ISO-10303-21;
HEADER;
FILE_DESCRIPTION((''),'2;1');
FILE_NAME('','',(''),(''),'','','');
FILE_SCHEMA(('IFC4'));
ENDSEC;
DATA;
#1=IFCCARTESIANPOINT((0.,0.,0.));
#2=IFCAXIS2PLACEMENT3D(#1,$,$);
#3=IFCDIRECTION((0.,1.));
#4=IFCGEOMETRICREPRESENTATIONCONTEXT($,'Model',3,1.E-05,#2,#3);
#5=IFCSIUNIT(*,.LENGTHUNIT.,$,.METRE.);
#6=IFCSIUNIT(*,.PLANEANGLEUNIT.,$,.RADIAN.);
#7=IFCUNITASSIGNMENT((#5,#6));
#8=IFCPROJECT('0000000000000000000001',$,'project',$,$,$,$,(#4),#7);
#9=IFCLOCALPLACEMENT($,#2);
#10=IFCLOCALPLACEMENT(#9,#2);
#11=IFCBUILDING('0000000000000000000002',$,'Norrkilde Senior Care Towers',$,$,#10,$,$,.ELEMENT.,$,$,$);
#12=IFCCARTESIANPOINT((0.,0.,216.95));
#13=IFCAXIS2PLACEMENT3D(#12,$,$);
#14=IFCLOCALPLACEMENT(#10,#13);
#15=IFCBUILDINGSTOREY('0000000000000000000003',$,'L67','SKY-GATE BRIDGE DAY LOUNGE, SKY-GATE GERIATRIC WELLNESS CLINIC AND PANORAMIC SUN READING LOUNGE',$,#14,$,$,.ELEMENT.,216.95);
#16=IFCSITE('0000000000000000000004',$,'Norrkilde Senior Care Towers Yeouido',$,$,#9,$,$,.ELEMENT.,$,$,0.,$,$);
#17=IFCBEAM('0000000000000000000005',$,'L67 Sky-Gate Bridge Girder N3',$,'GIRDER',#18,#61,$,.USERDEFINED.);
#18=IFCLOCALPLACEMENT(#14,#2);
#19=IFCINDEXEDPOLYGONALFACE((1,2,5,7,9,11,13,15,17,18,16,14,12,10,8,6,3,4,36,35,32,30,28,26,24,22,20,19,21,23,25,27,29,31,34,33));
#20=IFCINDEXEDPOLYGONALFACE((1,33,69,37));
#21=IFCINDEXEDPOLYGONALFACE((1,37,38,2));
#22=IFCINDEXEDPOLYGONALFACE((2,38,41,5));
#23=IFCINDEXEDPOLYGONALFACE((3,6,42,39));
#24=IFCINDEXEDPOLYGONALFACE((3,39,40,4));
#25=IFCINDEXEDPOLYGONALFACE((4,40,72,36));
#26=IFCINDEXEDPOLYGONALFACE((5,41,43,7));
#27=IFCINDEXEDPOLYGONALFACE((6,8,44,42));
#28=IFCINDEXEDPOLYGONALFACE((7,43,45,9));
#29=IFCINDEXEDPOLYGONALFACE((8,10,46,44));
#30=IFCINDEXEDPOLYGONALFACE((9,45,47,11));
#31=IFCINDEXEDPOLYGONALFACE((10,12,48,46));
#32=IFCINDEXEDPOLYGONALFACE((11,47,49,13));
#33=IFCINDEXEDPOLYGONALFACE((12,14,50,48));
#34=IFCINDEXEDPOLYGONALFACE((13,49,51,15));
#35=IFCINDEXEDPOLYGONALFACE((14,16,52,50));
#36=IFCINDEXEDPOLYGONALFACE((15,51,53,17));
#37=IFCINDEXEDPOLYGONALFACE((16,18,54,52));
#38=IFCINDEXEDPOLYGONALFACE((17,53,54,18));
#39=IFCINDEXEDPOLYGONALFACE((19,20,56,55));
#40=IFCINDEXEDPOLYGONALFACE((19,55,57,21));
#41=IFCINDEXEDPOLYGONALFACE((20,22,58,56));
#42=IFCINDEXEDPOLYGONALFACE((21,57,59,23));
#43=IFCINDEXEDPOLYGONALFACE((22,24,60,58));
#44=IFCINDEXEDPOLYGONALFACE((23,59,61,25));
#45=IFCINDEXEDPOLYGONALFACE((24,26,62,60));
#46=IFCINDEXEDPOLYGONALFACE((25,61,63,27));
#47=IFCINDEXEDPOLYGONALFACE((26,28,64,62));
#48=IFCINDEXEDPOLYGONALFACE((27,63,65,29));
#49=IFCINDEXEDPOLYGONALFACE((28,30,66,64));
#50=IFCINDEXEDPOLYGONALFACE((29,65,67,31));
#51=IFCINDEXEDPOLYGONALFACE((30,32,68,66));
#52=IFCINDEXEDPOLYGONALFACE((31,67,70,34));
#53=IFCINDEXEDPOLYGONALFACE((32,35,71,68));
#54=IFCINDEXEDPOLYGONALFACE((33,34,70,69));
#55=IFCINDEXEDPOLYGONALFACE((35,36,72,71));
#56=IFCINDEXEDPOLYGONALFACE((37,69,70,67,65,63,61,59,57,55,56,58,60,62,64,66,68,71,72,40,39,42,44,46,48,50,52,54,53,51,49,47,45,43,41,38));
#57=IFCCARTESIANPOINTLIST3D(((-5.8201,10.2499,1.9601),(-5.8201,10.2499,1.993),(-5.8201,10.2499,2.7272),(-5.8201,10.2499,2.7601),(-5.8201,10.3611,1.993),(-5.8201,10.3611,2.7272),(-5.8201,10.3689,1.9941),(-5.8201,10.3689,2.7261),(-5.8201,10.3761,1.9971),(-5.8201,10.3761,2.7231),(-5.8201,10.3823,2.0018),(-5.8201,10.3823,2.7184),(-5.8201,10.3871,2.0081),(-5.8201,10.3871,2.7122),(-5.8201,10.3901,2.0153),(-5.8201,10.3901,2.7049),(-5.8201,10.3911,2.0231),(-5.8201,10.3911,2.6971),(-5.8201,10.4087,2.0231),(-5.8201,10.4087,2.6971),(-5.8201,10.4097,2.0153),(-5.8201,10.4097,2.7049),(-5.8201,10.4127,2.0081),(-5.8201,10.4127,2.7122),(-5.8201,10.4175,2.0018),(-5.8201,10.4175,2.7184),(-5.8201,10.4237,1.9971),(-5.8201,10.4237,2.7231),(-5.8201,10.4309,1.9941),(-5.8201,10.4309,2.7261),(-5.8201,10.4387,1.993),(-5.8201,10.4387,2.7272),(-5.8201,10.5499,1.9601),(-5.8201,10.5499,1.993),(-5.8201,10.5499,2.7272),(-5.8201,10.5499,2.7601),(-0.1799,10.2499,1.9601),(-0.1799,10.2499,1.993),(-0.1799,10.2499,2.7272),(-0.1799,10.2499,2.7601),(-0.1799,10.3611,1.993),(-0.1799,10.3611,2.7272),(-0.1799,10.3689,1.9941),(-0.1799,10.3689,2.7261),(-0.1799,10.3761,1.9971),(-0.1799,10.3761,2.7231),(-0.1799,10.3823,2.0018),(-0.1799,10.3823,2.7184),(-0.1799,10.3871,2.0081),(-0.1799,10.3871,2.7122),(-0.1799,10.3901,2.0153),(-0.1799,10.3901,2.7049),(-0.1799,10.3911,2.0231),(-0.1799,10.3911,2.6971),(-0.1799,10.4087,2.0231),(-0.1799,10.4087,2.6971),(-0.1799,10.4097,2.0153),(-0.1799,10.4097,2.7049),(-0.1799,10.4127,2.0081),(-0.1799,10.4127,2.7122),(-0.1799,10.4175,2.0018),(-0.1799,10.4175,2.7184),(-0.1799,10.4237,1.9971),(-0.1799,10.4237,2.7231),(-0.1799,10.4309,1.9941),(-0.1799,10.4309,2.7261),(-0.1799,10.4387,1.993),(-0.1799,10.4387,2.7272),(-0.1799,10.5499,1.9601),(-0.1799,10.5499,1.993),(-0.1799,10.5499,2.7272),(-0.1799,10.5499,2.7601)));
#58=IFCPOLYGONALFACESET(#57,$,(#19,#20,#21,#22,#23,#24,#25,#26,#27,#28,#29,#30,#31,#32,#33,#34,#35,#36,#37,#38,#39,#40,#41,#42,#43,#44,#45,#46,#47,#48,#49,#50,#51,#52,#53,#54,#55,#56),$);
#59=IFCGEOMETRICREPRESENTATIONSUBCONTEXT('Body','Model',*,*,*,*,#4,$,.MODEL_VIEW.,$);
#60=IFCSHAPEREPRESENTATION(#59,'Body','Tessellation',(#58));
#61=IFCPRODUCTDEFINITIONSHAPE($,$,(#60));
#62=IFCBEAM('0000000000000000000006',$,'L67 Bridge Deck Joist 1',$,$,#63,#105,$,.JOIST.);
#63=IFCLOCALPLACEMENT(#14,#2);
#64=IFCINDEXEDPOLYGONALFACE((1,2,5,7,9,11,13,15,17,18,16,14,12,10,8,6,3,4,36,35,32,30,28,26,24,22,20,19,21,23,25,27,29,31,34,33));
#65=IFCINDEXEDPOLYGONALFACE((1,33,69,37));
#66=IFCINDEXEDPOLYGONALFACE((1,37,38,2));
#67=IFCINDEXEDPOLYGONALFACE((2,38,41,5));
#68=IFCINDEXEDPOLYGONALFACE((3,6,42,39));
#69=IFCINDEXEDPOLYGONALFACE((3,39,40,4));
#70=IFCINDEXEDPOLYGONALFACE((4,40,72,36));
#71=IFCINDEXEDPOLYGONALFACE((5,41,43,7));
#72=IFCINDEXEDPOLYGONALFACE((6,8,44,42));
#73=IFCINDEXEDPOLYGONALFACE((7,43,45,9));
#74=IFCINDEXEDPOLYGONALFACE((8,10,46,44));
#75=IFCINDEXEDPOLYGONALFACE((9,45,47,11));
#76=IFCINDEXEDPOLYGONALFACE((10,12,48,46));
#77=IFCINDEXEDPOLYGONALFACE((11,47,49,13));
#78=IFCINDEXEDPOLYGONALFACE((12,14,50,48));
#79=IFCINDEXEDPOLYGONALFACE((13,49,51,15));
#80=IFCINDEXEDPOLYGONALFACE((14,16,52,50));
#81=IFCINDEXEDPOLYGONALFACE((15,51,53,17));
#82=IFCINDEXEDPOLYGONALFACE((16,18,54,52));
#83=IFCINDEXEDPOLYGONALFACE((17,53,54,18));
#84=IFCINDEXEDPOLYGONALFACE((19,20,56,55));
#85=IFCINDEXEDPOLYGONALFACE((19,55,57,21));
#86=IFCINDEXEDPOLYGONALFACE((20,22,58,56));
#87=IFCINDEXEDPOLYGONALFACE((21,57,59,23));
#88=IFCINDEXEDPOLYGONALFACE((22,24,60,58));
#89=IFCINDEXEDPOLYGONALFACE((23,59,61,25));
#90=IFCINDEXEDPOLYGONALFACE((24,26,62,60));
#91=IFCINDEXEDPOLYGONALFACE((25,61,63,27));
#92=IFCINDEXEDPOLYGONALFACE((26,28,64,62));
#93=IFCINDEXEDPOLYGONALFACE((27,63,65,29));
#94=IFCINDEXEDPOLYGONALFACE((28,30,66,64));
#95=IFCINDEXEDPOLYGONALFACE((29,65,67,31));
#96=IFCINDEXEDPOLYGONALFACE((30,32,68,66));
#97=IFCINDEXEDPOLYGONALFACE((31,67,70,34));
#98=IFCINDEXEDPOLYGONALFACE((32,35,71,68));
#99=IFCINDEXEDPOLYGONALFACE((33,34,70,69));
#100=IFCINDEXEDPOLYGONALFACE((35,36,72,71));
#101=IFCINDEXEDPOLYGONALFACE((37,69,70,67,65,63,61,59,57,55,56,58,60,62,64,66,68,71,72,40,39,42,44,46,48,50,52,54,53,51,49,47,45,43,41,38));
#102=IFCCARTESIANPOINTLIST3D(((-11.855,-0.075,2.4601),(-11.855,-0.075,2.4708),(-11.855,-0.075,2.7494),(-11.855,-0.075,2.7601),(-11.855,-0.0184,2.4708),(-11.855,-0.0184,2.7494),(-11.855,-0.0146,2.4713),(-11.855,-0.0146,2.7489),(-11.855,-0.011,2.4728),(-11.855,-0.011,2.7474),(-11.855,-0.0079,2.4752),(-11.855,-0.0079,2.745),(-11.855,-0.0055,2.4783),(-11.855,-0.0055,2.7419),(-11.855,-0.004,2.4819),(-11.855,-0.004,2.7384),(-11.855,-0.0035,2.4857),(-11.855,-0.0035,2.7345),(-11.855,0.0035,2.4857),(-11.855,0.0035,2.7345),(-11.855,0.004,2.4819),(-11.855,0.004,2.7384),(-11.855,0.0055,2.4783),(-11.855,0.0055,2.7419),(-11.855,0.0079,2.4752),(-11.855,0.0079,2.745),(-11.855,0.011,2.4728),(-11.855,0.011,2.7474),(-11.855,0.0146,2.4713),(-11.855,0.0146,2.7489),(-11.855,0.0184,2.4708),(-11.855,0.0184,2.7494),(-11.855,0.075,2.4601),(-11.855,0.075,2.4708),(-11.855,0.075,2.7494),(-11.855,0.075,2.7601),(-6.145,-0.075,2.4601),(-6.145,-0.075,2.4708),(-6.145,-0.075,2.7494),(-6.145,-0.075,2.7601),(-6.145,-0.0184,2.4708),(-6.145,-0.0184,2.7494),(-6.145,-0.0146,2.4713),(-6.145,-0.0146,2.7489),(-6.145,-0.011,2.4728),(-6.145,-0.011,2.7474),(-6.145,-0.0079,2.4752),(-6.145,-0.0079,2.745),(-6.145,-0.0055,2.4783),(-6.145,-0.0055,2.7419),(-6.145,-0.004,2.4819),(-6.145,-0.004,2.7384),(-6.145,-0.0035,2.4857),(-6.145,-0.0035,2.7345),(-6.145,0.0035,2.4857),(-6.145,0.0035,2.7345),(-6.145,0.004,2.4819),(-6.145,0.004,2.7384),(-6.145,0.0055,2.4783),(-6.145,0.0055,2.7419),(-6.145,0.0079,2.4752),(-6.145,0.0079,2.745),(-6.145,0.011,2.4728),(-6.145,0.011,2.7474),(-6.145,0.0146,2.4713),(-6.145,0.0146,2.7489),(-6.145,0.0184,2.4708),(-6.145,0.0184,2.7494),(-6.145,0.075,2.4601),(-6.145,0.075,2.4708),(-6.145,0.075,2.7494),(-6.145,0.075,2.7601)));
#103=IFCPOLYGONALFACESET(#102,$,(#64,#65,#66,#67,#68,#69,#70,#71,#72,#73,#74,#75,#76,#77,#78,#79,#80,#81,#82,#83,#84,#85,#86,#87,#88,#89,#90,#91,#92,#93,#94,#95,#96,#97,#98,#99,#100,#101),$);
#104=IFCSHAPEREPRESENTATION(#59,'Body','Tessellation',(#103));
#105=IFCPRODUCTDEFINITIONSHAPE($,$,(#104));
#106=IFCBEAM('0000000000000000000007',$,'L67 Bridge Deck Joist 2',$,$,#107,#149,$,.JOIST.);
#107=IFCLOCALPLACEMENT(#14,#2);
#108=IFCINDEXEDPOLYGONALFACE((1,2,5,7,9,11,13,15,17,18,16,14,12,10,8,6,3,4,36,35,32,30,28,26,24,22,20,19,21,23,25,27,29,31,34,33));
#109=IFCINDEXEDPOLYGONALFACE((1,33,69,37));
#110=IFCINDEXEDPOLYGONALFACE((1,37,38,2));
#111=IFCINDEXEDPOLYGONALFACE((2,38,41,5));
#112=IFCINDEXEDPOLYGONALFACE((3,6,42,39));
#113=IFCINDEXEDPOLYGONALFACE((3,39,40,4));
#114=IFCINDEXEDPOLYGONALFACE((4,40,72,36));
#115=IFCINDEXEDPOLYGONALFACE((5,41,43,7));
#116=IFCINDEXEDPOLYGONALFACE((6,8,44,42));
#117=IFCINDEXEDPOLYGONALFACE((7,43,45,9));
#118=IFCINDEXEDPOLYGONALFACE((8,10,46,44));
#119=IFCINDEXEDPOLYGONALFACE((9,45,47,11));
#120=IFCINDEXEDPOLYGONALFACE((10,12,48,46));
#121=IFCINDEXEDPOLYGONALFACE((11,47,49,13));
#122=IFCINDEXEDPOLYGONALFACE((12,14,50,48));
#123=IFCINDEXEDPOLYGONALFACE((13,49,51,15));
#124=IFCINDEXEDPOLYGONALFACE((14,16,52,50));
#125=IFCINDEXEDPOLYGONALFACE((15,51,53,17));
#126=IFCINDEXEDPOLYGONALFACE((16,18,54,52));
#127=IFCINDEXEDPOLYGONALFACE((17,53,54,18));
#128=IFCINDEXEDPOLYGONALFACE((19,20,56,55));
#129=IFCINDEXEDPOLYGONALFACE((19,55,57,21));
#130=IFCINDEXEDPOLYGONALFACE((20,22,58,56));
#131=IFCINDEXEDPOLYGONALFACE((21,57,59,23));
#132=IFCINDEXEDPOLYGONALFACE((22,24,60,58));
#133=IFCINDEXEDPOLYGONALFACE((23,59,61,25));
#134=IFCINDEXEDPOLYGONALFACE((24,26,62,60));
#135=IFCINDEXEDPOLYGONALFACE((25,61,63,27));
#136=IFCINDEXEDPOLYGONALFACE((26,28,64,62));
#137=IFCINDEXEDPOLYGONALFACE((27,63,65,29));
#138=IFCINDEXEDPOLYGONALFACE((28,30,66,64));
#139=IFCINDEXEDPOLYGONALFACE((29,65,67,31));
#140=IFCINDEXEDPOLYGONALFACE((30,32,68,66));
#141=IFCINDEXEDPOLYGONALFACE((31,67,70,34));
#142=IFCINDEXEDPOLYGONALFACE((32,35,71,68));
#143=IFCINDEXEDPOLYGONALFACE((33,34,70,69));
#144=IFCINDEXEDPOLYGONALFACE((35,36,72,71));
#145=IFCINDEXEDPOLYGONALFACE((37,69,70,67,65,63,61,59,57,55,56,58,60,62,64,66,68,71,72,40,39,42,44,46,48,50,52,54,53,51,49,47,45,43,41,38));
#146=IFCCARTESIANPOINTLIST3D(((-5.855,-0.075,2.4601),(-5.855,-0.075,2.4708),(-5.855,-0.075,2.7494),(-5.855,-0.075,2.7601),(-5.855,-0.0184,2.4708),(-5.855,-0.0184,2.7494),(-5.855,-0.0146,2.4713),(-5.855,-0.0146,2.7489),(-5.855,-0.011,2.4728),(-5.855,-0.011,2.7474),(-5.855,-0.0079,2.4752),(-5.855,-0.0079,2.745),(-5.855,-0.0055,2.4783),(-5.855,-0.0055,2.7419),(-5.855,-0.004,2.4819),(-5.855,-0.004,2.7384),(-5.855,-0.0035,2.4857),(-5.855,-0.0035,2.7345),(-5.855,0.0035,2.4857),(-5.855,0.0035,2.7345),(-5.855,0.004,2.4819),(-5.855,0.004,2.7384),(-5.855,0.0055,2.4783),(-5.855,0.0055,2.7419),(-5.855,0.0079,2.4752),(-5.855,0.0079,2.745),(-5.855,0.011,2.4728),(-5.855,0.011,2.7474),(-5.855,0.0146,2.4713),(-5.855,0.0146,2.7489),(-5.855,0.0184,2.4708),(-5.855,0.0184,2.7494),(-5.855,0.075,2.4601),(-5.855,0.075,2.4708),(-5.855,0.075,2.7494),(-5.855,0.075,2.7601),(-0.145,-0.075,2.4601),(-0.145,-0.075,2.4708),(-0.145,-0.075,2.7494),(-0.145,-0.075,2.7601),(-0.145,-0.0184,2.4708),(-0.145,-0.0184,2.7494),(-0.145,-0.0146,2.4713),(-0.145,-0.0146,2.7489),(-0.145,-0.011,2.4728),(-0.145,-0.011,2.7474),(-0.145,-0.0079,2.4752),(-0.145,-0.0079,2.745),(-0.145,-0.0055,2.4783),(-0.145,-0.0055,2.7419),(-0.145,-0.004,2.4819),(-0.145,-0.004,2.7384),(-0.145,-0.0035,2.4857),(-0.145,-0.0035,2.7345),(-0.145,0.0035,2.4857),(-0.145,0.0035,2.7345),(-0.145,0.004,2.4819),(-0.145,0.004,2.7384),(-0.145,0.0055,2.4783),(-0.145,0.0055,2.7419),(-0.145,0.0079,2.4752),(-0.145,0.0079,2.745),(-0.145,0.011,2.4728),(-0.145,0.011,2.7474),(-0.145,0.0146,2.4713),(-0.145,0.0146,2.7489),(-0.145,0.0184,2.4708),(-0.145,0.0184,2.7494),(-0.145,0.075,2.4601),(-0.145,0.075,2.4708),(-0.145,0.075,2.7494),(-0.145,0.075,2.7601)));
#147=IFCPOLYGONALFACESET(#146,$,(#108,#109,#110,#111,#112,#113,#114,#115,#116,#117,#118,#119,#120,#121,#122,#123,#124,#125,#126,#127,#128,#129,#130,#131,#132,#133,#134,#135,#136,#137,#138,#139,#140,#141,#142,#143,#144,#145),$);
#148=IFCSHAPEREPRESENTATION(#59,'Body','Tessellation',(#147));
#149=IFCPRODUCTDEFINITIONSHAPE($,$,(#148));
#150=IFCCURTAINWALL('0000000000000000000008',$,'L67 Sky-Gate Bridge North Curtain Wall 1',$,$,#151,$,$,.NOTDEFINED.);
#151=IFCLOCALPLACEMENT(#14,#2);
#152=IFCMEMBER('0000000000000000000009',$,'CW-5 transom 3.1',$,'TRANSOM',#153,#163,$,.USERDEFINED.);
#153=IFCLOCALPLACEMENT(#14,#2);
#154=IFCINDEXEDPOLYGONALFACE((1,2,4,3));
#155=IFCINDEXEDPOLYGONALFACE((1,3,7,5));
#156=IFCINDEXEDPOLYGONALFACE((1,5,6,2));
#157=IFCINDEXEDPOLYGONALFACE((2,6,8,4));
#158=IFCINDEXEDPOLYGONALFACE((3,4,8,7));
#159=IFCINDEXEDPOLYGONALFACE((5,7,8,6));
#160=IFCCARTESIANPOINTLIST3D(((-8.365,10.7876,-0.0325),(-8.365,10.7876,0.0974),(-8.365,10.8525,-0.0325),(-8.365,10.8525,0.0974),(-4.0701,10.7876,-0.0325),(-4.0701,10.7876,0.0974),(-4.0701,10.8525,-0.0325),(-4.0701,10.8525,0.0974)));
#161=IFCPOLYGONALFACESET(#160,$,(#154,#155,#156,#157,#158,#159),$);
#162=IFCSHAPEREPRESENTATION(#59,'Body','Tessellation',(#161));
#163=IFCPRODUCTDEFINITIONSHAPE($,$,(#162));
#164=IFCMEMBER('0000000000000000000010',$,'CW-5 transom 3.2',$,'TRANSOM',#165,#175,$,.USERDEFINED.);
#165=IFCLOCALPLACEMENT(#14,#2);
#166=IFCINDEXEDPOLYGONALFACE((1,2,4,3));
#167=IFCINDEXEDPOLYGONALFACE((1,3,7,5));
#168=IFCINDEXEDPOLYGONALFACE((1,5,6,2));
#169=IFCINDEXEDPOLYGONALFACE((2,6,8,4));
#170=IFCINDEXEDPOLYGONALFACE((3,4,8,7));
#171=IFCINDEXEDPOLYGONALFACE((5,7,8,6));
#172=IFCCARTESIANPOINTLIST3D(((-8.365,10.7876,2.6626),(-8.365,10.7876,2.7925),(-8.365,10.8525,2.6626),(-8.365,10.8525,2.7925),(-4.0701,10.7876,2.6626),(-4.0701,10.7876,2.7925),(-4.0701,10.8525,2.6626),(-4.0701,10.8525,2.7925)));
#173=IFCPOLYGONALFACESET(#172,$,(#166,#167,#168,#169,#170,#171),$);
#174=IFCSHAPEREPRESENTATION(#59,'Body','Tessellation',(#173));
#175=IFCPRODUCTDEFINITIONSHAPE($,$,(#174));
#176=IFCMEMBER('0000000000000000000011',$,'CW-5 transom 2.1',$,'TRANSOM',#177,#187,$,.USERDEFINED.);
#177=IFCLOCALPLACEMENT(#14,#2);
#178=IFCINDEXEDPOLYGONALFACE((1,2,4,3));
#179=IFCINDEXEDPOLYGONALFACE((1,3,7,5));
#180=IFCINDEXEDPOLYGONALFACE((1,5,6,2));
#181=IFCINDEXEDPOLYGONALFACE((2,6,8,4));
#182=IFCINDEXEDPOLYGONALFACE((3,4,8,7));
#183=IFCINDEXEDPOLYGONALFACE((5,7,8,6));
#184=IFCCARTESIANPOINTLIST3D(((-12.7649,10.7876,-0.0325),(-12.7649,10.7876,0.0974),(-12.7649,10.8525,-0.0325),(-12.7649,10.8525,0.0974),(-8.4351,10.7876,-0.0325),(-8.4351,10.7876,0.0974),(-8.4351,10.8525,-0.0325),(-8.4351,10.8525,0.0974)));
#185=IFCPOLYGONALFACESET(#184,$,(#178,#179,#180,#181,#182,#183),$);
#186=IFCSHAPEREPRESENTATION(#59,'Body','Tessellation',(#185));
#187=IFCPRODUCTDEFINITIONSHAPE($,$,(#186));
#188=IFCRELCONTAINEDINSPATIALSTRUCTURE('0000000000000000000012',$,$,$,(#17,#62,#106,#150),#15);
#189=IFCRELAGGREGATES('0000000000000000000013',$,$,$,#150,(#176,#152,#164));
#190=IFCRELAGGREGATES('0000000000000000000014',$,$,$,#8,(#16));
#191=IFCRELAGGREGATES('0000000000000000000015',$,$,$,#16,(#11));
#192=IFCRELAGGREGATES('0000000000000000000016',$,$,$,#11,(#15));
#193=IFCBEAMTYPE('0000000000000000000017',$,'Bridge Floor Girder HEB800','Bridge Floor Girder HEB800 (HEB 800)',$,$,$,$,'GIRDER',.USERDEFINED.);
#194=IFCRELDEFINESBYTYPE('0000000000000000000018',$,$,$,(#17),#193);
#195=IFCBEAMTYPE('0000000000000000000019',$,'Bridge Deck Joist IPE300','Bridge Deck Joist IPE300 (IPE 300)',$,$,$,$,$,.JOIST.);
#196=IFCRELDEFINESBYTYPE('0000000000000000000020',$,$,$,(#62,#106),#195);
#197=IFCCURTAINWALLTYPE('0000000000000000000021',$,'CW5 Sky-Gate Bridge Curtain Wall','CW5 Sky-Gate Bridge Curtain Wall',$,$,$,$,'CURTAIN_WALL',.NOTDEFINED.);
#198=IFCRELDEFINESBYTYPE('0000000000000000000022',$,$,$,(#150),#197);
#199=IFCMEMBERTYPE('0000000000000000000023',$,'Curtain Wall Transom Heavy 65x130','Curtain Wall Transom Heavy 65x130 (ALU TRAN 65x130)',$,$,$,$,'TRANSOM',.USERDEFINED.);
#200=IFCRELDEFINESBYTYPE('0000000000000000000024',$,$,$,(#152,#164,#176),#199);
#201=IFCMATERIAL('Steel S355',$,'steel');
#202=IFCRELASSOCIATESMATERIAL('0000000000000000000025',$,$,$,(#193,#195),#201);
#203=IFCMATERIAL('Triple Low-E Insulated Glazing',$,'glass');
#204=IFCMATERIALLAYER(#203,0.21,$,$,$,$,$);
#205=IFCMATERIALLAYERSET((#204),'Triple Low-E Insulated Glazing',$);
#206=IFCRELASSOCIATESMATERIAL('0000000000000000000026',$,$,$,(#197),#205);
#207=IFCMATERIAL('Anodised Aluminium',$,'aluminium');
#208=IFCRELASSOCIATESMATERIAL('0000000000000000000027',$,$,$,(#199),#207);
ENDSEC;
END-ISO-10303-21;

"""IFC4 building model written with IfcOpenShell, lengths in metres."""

from ifc_helpers import new_model, si_unit, direction, frame, origin, origin_2d, place, context, subcontext, project, spatial, rectangle, i_section, extrude, source, transform, mapped, material, layer, layer_set, material_profile, profile_set, type_object, type_shapes, element, aggregate, save


model = new_model("IFC4")

# Units and contexts
model_context = context("Model", 3, precision=1e-05, world=origin(), true_north=direction((0.0, 1.0)))
body_context = subcontext(model_context, "Body", "Model", "MODEL_VIEW")
ifc_project = project(units=[si_unit("LENGTHUNIT", "METRE"), si_unit("PLANEANGLEUNIT", "RADIAN")], contexts=[model_context])

# Site, building, storey
site_placement = place(None, origin())
site = spatial("IfcSite", under=ifc_project, at=site_placement, Name="Norrkilde Senior Care Towers Yeouido", CompositionType="ELEMENT", RefElevation=0.0)
building_placement = place(site_placement, origin())
building = spatial("IfcBuilding", under=site, at=building_placement, Name="Norrkilde Senior Care Towers", CompositionType="ELEMENT")
storey_placement = place(building_placement, frame((0.0, 0.0, 216.95)))
storey = spatial("IfcBuildingStorey", under=building, at=storey_placement, Name="L67", Description="SKY-GATE BRIDGE DAY LOUNGE, SKY-GATE GERIATRIC WELLNESS CLINIC AND PANORAMIC SUN READING LOUNGE", CompositionType="ELEMENT", Elevation=216.95)

# Shared definitions
ifc_material_1 = material(Name="Steel S355", Category="steel")

# Beams
ifc_material_profile_1 = material_profile(ifc_material_1, i_section(OverallWidth=0.3, OverallDepth=0.8, WebThickness=0.0176, FlangeThickness=0.033, FilletRadius=0.03, at=origin_2d()), Name="HEB 800")
ifc_profile_set_1 = profile_set([ifc_material_profile_1], Name="Steel S355")
beam_type_1 = type_object("IfcBeamType", Name="Bridge Floor Girder HEB800", Description="Bridge Floor Girder HEB800 (HEB 800)", ElementType="GIRDER", PredefinedType="USERDEFINED", material=ifc_profile_set_1)
shared_shape_1 = source(origin(), body_context, "Body", "SweptSolid", [
    extrude(i_section(OverallWidth=0.3, OverallDepth=0.8, WebThickness=0.0176, FlangeThickness=0.033, FilletRadius=0.03, at=origin_2d()), origin(), (0.0, 0.0, 1.0), 5.6401),
])
type_shapes(beam_type_1, [shared_shape_1])
for number, where, z_axis, x_axis, name in (
    (1, (-5.8201, 10.3999, 2.3601), (1.0, 0.0, 0.0), (0.0, 1.0, 0.0), "L67 Sky-Gate Bridge Girder N3"),
):
    element("IfcBeam", number, at=place(storey_placement, frame(where, z_axis=z_axis, x_axis=x_axis)), inside=storey, type_object=beam_type_1, Name=name, ObjectType="GIRDER", PredefinedType="USERDEFINED", context=body_context, shape_type="MappedRepresentation", body=[
        mapped(shared_shape_1, transform((0.0, 0.0, 0.0), x_axis=(1.0, 0.0, 0.0), y_axis=(0.0, 1.0, 0.0), z_axis=(0.0, 0.0, 1.0), scale=1.0)),
    ])
ifc_material_profile_2 = material_profile(ifc_material_1, i_section(OverallWidth=0.1499, OverallDepth=0.3, WebThickness=0.0071, FlangeThickness=0.0107, FilletRadius=0.0149, at=origin_2d()), Name="IPE 300")
ifc_profile_set_2 = profile_set([ifc_material_profile_2], Name="Steel S355")
beam_type_2 = type_object("IfcBeamType", Name="Bridge Deck Joist IPE300", Description="Bridge Deck Joist IPE300 (IPE 300)", PredefinedType="JOIST", material=ifc_profile_set_2)
shared_shape_2 = source(origin(), body_context, "Body", "SweptSolid", [
    extrude(i_section(OverallWidth=0.1499, OverallDepth=0.3, WebThickness=0.0071, FlangeThickness=0.0107, FilletRadius=0.0149, at=origin_2d()), origin(), (0.0, 0.0, 1.0), 5.71),
])
type_shapes(beam_type_2, [shared_shape_2])
for number, where, z_axis, x_axis, name in (
    (2, (-11.855, 0.0, 2.6101), (1.0, 0.0, 0.0), (0.0, 1.0, 0.0), "L67 Bridge Deck Joist 1"),
    (3, (-5.855, 0.0, 2.6101), (1.0, 0.0, 0.0), (0.0, 1.0, 0.0), "L67 Bridge Deck Joist 2"),
):
    element("IfcBeam", number, at=place(storey_placement, frame(where, z_axis=z_axis, x_axis=x_axis)), inside=storey, type_object=beam_type_2, Name=name, PredefinedType="JOIST", context=body_context, shape_type="MappedRepresentation", body=[
        mapped(shared_shape_2, transform((0.0, 0.0, 0.0), x_axis=(1.0, 0.0, 0.0), y_axis=(0.0, 1.0, 0.0), z_axis=(0.0, 0.0, 1.0), scale=1.0)),
    ])

# Curtain wall, members
ifc_material_2 = material(Name="Triple Low-E Insulated Glazing", Category="glass")
ifc_layer_1 = layer(ifc_material_2, 0.21)
ifc_layer_set_1 = layer_set([ifc_layer_1], Name="Triple Low-E Insulated Glazing")
curtain_wall_type = type_object("IfcCurtainWallType", Name="CW5 Sky-Gate Bridge Curtain Wall", Description="CW5 Sky-Gate Bridge Curtain Wall", ElementType="CURTAIN_WALL", PredefinedType="NOTDEFINED", material=ifc_layer_set_1)
curtain_wall_1_placement = place(storey_placement, origin())
curtain_wall_1 = element("IfcCurtainWall", 4, at=curtain_wall_1_placement, inside=storey, type_object=curtain_wall_type, Name="L67 Sky-Gate Bridge North Curtain Wall 1", PredefinedType="NOTDEFINED")
ifc_material_3 = material(Name="Anodised Aluminium", Category="aluminium")
ifc_material_profile_3 = material_profile(ifc_material_3, rectangle(XDim=0.0649, YDim=0.1299, at=origin_2d()), Name="ALU TRAN 65x130")
ifc_profile_set_3 = profile_set([ifc_material_profile_3], Name="Anodised Aluminium")
member_type_1 = type_object("IfcMemberType", Name="Curtain Wall Transom Heavy 65x130", Description="Curtain Wall Transom Heavy 65x130 (ALU TRAN 65x130)", ElementType="TRANSOM", PredefinedType="USERDEFINED", material=ifc_profile_set_3)
shared_shape_3 = source(origin(), body_context, "Body", "SweptSolid", [
    extrude(rectangle(XDim=0.0649, YDim=0.1299, at=origin_2d()), origin(), (0.0, 0.0, 1.0), 4.2949),
])
member_1_placement = place(storey_placement, frame((-8.365, 10.8201, 0.0325), z_axis=(1.0, 0.0, 0.0), x_axis=(0.0, 1.0, 0.0)))
member_1 = element("IfcMember", 5, at=member_1_placement, type_object=member_type_1, Name="CW-5 transom 3.1", ObjectType="TRANSOM", PredefinedType="USERDEFINED", context=body_context, shape_type="MappedRepresentation", body=[
    mapped(shared_shape_3, transform((0.0, 0.0, 0.0), x_axis=(1.0, 0.0, 0.0), y_axis=(0.0, 1.0, 0.0), z_axis=(0.0, 0.0, 1.0), scale=1.0)),
])
member_2_placement = place(storey_placement, frame((-8.365, 10.8201, 2.7275), z_axis=(1.0, 0.0, 0.0), x_axis=(0.0, 1.0, 0.0)))
member_2 = element("IfcMember", 6, at=member_2_placement, type_object=member_type_1, Name="CW-5 transom 3.2", ObjectType="TRANSOM", PredefinedType="USERDEFINED", context=body_context, shape_type="MappedRepresentation", body=[
    mapped(shared_shape_3, transform((0.0, 0.0, 0.0), x_axis=(1.0, 0.0, 0.0), y_axis=(0.0, 1.0, 0.0), z_axis=(0.0, 0.0, 1.0), scale=1.0)),
])
shared_shape_4 = source(origin(), body_context, "Body", "SweptSolid", [
    extrude(rectangle(XDim=0.0649, YDim=0.1299, at=origin_2d()), origin(), (0.0, 0.0, 1.0), 4.3298),
])
member_3_placement = place(storey_placement, frame((-12.7649, 10.8201, 0.0325), z_axis=(1.0, 0.0, 0.0), x_axis=(0.0, 1.0, 0.0)))
member_3 = element("IfcMember", 7, at=member_3_placement, type_object=member_type_1, Name="CW-5 transom 2.1", ObjectType="TRANSOM", PredefinedType="USERDEFINED", context=body_context, shape_type="MappedRepresentation", body=[
    mapped(shared_shape_4, transform((0.0, 0.0, 0.0), x_axis=(1.0, 0.0, 0.0), y_axis=(0.0, 1.0, 0.0), z_axis=(0.0, 0.0, 1.0), scale=1.0)),
])

aggregate(curtain_wall_1, [member_3, member_1, member_2])

save(model, "model.ifc")
